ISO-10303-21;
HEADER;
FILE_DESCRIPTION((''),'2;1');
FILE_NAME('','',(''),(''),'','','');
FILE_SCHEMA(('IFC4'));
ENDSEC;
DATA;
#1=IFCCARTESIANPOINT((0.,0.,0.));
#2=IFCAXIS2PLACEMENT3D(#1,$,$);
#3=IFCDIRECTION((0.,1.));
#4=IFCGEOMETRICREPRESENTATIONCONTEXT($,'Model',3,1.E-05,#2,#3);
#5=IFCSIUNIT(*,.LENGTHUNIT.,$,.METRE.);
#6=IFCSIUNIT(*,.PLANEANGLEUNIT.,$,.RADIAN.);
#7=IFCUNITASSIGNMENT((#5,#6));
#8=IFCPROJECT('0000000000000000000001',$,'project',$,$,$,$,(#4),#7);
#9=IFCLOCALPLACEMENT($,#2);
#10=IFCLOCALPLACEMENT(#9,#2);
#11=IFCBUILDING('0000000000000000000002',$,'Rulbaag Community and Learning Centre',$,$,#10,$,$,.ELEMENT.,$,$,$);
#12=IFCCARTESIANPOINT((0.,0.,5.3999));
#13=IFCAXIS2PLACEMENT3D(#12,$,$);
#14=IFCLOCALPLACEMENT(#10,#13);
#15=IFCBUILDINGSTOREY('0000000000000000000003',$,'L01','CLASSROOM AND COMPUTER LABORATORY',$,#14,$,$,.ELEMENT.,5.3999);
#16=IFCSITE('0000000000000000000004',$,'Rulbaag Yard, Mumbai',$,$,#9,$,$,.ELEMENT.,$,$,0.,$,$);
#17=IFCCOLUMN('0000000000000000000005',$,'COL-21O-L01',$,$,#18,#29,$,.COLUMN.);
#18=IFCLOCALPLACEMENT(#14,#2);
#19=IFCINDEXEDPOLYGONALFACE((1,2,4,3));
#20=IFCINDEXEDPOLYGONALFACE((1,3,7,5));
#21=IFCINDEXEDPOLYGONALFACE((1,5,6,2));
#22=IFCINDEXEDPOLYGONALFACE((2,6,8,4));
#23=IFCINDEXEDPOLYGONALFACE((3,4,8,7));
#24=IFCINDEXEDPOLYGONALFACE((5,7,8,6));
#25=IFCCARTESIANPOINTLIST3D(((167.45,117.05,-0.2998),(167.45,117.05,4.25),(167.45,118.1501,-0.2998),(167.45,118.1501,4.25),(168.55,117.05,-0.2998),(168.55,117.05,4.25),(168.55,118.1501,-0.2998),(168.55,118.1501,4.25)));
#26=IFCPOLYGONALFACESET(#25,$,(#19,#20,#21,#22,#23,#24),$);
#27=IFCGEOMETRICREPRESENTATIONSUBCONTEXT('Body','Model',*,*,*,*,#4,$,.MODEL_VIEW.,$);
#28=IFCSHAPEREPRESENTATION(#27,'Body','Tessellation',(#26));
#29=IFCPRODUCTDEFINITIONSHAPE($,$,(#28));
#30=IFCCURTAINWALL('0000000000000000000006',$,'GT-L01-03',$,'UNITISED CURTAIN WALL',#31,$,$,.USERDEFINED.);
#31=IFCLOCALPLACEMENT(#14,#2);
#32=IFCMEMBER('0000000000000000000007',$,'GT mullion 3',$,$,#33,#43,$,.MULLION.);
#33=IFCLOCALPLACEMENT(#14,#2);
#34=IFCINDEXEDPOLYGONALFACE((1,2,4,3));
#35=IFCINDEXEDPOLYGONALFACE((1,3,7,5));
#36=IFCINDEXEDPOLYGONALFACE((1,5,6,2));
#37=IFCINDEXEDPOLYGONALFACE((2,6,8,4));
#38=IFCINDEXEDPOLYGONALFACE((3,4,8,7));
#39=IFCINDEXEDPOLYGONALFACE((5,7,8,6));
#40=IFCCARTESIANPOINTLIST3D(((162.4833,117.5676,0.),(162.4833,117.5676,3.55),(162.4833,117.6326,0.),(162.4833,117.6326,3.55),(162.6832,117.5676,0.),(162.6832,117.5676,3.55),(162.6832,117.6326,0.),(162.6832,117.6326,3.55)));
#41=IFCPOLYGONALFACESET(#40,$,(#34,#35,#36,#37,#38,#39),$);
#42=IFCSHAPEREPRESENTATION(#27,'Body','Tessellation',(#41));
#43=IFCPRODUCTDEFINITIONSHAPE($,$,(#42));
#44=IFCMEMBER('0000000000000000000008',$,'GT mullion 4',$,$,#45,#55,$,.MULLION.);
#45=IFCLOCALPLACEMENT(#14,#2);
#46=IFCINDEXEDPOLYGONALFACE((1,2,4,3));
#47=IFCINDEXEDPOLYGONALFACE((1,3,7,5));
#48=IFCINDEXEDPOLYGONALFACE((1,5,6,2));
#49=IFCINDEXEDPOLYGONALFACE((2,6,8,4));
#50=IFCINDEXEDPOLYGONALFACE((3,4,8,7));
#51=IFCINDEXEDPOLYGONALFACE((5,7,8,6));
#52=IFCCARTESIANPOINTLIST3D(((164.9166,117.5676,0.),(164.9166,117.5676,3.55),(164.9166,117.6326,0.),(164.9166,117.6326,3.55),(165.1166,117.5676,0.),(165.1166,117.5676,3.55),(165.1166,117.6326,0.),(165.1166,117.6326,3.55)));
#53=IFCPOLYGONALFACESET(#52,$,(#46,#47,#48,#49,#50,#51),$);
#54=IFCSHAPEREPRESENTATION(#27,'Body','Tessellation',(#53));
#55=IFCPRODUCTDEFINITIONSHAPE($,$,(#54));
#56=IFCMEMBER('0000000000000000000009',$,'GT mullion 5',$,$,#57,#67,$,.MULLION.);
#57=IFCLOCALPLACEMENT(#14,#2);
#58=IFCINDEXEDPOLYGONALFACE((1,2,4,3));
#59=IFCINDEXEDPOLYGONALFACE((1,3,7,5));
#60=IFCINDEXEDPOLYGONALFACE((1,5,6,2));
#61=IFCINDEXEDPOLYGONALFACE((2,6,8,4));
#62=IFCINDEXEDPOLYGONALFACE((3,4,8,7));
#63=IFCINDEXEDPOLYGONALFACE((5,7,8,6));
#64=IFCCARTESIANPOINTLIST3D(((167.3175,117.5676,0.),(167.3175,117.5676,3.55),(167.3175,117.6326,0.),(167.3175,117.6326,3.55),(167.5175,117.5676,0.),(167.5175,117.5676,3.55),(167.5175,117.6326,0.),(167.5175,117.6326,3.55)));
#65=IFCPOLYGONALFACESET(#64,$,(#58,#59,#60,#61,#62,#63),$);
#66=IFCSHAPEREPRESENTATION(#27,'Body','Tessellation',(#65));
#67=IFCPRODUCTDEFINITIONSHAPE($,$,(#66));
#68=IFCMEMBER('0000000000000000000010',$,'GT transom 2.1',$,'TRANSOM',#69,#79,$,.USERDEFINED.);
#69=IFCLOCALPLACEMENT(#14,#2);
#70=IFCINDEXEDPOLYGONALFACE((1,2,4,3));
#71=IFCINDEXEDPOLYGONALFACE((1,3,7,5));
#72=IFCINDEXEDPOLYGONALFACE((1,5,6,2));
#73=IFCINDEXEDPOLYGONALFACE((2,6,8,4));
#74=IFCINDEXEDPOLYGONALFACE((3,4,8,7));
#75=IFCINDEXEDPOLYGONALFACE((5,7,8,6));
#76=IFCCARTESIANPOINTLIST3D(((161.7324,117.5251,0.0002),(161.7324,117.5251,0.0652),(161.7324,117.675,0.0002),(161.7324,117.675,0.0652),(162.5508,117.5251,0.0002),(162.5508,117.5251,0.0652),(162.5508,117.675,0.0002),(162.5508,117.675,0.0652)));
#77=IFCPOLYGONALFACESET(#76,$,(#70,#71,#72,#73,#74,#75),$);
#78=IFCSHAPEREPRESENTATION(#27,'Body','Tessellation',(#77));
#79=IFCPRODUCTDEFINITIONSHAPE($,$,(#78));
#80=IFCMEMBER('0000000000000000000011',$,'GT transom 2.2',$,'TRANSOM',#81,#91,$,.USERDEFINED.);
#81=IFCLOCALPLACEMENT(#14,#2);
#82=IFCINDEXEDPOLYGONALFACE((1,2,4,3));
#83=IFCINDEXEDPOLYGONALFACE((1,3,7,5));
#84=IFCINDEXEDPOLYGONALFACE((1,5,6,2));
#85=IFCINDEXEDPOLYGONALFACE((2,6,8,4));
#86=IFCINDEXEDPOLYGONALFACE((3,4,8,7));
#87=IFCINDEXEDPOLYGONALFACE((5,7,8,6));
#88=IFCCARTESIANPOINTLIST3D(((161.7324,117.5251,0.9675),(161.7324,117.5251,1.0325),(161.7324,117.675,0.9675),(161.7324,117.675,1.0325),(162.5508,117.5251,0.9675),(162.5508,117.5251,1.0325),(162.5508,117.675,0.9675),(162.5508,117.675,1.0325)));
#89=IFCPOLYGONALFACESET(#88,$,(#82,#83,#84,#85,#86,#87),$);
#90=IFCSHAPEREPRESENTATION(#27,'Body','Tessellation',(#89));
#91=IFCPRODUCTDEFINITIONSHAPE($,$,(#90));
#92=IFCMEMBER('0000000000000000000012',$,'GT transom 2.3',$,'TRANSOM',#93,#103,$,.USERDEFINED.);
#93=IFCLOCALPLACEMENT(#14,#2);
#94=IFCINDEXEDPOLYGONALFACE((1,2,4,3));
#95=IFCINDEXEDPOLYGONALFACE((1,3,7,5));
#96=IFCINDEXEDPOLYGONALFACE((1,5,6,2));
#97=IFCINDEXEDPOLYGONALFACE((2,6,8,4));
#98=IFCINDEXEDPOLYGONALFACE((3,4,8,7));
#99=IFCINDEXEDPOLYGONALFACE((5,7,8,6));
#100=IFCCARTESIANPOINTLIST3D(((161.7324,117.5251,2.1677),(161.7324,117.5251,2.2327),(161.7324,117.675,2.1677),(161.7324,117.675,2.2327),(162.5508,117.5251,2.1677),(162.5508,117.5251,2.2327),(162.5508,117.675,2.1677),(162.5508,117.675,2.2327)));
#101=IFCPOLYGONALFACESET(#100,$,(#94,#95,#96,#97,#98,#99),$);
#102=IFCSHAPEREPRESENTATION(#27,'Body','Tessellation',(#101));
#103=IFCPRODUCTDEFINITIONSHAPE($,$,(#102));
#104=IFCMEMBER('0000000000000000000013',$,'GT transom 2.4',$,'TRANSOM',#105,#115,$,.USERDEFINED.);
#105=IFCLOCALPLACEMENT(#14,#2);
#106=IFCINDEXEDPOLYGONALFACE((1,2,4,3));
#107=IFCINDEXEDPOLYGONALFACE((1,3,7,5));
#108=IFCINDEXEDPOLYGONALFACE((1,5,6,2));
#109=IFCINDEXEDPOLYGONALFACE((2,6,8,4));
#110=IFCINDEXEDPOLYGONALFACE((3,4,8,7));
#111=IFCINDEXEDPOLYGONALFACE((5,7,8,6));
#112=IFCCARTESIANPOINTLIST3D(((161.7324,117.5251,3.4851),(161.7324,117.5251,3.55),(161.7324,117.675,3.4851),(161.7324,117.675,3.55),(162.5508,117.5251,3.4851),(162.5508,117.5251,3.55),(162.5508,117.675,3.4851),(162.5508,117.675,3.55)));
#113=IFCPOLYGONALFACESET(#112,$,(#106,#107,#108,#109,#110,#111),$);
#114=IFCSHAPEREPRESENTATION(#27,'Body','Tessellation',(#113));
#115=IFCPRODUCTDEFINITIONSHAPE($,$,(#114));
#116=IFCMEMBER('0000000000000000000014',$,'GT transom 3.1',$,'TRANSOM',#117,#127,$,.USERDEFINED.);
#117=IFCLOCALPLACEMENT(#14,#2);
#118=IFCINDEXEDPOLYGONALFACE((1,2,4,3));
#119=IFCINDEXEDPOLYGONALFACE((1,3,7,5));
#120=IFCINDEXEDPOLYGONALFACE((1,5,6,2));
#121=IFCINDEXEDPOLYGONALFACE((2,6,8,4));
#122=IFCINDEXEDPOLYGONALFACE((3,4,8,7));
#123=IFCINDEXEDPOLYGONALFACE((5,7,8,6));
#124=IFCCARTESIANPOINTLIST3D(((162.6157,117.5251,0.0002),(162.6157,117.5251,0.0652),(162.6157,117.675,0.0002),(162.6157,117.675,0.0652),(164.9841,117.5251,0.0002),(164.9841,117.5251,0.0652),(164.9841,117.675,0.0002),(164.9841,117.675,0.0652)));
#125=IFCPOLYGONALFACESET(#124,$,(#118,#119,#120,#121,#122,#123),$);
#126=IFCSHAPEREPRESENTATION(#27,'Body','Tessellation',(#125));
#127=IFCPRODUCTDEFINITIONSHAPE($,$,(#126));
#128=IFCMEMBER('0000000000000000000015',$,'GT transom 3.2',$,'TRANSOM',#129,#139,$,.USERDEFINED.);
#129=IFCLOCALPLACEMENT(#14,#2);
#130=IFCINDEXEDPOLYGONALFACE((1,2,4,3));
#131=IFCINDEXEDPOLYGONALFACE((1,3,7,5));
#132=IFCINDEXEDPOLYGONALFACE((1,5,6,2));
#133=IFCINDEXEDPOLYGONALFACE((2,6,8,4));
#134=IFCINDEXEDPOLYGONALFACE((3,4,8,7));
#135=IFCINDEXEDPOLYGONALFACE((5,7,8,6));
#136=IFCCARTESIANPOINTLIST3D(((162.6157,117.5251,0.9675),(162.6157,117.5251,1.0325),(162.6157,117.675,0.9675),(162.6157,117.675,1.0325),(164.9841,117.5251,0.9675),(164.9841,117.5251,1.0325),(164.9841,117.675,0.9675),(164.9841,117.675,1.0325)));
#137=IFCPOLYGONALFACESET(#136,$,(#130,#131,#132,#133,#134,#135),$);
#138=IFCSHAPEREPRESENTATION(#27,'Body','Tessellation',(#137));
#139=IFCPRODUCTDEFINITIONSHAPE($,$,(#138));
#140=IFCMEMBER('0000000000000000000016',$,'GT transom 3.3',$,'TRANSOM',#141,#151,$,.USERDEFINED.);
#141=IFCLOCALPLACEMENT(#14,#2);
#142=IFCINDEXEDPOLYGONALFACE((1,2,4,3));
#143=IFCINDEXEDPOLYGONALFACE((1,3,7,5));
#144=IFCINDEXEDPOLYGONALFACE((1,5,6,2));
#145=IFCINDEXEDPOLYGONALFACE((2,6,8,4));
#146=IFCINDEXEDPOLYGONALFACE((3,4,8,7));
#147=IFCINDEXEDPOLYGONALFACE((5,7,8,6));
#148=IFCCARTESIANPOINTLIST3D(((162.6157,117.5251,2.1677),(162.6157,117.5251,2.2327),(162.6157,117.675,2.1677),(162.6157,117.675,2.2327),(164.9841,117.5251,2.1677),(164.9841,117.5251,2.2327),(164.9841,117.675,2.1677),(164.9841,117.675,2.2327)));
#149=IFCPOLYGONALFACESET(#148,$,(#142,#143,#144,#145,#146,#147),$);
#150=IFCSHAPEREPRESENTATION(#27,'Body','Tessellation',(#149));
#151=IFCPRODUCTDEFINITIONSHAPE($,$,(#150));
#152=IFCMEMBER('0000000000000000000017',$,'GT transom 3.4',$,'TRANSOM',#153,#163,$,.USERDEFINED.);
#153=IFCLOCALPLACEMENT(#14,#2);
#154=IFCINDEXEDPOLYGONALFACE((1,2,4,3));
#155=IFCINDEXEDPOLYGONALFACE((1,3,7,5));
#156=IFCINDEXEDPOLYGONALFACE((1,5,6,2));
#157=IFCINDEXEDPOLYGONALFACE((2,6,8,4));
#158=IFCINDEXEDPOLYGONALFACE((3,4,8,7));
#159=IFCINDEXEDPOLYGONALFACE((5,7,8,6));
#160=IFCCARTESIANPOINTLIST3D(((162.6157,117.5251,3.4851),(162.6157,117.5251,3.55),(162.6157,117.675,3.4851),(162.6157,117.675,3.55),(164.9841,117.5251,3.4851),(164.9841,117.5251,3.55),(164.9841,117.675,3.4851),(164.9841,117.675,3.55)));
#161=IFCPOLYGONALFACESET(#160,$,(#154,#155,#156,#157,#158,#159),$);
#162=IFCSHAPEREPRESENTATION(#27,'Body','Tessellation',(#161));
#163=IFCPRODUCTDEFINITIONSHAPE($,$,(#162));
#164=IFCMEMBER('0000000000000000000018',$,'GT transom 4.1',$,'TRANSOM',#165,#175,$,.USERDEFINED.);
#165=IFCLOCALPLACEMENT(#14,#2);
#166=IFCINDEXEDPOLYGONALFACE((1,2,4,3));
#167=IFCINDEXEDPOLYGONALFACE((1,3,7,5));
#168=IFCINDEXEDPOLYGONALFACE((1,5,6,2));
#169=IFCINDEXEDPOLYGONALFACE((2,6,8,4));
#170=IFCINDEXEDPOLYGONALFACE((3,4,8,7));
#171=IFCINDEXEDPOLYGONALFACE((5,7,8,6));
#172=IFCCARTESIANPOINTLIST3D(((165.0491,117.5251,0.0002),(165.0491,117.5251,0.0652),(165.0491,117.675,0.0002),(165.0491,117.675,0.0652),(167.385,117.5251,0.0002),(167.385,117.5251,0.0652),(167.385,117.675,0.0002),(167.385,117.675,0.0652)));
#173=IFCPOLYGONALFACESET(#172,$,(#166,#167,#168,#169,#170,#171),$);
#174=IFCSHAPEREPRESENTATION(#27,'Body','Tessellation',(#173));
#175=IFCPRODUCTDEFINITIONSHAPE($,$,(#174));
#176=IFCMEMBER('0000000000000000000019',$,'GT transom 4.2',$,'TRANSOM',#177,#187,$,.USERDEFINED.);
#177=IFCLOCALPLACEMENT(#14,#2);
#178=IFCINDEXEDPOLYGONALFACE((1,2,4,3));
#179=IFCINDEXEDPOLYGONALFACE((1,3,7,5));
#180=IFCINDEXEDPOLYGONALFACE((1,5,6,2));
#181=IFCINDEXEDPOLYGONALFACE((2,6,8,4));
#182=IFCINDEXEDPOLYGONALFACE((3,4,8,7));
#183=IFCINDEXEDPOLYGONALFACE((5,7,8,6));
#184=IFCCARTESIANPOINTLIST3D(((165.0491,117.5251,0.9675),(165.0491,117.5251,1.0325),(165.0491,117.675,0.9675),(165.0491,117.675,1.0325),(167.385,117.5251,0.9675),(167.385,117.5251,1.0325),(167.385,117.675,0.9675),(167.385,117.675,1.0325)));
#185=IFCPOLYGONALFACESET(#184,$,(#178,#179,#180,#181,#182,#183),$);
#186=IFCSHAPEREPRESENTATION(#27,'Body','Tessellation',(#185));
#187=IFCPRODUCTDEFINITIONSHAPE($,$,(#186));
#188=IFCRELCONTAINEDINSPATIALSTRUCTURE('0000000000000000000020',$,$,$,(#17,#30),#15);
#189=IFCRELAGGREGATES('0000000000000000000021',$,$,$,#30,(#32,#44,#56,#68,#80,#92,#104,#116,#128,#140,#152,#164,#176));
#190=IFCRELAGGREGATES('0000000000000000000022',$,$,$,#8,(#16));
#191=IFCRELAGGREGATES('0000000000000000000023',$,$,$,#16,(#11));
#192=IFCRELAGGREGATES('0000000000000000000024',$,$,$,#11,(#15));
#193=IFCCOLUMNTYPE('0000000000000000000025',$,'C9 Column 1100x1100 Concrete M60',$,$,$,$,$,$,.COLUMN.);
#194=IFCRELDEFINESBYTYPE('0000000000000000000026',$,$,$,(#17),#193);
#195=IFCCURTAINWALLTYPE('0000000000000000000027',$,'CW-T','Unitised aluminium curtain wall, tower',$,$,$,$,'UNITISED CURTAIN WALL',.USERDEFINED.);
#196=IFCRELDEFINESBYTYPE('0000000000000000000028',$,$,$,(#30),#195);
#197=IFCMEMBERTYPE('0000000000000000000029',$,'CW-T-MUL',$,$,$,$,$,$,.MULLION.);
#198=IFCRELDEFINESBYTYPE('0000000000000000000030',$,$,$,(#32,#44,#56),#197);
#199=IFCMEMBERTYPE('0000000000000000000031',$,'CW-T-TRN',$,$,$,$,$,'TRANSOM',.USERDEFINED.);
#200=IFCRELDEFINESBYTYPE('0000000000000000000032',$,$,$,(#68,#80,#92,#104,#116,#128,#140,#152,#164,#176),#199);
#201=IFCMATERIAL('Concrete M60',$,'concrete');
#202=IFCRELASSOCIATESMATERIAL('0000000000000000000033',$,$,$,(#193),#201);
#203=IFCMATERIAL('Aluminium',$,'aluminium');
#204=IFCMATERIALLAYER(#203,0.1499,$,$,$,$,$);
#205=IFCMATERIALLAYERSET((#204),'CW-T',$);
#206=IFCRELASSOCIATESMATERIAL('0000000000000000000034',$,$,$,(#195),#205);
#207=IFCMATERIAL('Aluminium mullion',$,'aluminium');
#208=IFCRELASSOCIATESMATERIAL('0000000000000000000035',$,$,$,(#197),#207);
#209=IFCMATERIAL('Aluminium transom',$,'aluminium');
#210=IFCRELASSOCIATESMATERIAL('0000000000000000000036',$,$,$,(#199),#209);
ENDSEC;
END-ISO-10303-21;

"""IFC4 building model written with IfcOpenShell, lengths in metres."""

from ifc_helpers import new_model, si_unit, direction, frame, origin, origin_2d, place, context, subcontext, project, spatial, rectangle, extrude, material, layer, layer_set, material_profile, profile_set, type_object, element, aggregate, save


model = new_model("IFC4")

# Units and contexts
model_context = context("Model", 3, precision=1e-05, world=origin(), true_north=direction((0.0, 1.0)))
body_context = subcontext(model_context, "Body", "Model", "MODEL_VIEW")
ifc_project = project(units=[si_unit("LENGTHUNIT", "METRE"), si_unit("PLANEANGLEUNIT", "RADIAN")], contexts=[model_context])

# Site, building, storey
site_placement = place(None, origin())
site = spatial("IfcSite", under=ifc_project, at=site_placement, Name="Rulbaag Yard, Mumbai", CompositionType="ELEMENT", RefElevation=0.0)
building_placement = place(site_placement, origin())
building = spatial("IfcBuilding", under=site, at=building_placement, Name="Rulbaag Community and Learning Centre", CompositionType="ELEMENT")
storey_placement = place(building_placement, frame((0.0, 0.0, 5.3999)))
storey = spatial("IfcBuildingStorey", under=building, at=storey_placement, Name="L01", Description="CLASSROOM AND COMPUTER LABORATORY", CompositionType="ELEMENT", Elevation=5.3999)

# Column
ifc_material_1 = material(Name="Concrete M60", Category="concrete")
ifc_material_profile_1 = material_profile(ifc_material_1, rectangle(XDim=1.1001, YDim=1.1001, at=origin_2d()), Name="RC1100x1100")
ifc_profile_set_1 = profile_set([ifc_material_profile_1], Name="Concrete M60")
column_type = type_object("IfcColumnType", Name="C9 Column 1100x1100 Concrete M60", PredefinedType="COLUMN", material=ifc_profile_set_1)
column_placement = place(storey_placement, frame((168.0, 117.6001, -0.2998), z_axis=(0.0, 0.0, 1.0), x_axis=(1.0, 0.0, 0.0)))
element("IfcColumn", 1, at=column_placement, inside=storey, type_object=column_type, Name="COL-21O-L01", PredefinedType="COLUMN", context=body_context, shape_type="SweptSolid", body=[
    extrude(rectangle(XDim=1.1001, YDim=1.1001, at=origin_2d()), origin(), (0.0, 0.0, 1.0), 4.5498),
])

# Curtain wall, members
ifc_material_2 = material(Name="Aluminium", Category="aluminium")
ifc_layer_1 = layer(ifc_material_2, 0.1499)
ifc_layer_set_1 = layer_set([ifc_layer_1], Name="CW-T")
curtain_wall_type = type_object("IfcCurtainWallType", Name="CW-T", Description="Unitised aluminium curtain wall, tower", ElementType="UNITISED CURTAIN WALL", PredefinedType="USERDEFINED", material=ifc_layer_set_1)
curtain_wall_placement = place(storey_placement, origin())
curtain_wall = element("IfcCurtainWall", 2, at=curtain_wall_placement, inside=storey, type_object=curtain_wall_type, Name="GT-L01-03", ObjectType="UNITISED CURTAIN WALL", PredefinedType="USERDEFINED")
ifc_material_3 = material(Name="Aluminium mullion", Category="aluminium")
ifc_material_profile_2 = material_profile(ifc_material_3, rectangle(XDim=0.0649, YDim=0.2, at=origin_2d()), Name="AL 65x200")
ifc_profile_set_2 = profile_set([ifc_material_profile_2], Name="Aluminium mullion")
member_type_1 = type_object("IfcMemberType", Name="CW-T-MUL", PredefinedType="MULLION", material=ifc_profile_set_2)
member_1_placement = place(storey_placement, frame((162.5833, 117.6001, 0.0), z_axis=(0.0, 0.0, 1.0), x_axis=(0.0, 1.0, 0.0)))
member_1 = element("IfcMember", 3, at=member_1_placement, type_object=member_type_1, Name="GT mullion 3", PredefinedType="MULLION", context=body_context, shape_type="SweptSolid", body=[
    extrude(rectangle(XDim=0.0649, YDim=0.2, at=origin_2d()), origin(), (0.0, 0.0, 1.0), 3.55),
])
member_2_placement = place(storey_placement, frame((165.0166, 117.6001, 0.0), z_axis=(0.0, 0.0, 1.0), x_axis=(0.0, 1.0, 0.0)))
member_2 = element("IfcMember", 4, at=member_2_placement, type_object=member_type_1, Name="GT mullion 4", PredefinedType="MULLION", context=body_context, shape_type="SweptSolid", body=[
    extrude(rectangle(XDim=0.0649, YDim=0.2, at=origin_2d()), origin(), (0.0, 0.0, 1.0), 3.55),
])
member_3_placement = place(storey_placement, frame((167.4175, 117.6001, 0.0), z_axis=(0.0, 0.0, 1.0), x_axis=(0.0, 1.0, 0.0)))
member_3 = element("IfcMember", 5, at=member_3_placement, type_object=member_type_1, Name="GT mullion 5", PredefinedType="MULLION", context=body_context, shape_type="SweptSolid", body=[
    extrude(rectangle(XDim=0.0649, YDim=0.2, at=origin_2d()), origin(), (0.0, 0.0, 1.0), 3.55),
])
ifc_material_4 = material(Name="Aluminium transom", Category="aluminium")
ifc_material_profile_3 = material_profile(ifc_material_4, rectangle(XDim=0.1499, YDim=0.0649, at=origin_2d()), Name="AL 65x150 T")
ifc_profile_set_3 = profile_set([ifc_material_profile_3], Name="Aluminium transom")
member_type_2 = type_object("IfcMemberType", Name="CW-T-TRN", ElementType="TRANSOM", PredefinedType="USERDEFINED", material=ifc_profile_set_3)
member_4_placement = place(storey_placement, frame((161.7324, 117.6001, 0.0327), z_axis=(1.0, 0.0, 0.0), x_axis=(0.0, 1.0, 0.0)))
member_4 = element("IfcMember", 6, at=member_4_placement, type_object=member_type_2, Name="GT transom 2.1", ObjectType="TRANSOM", PredefinedType="USERDEFINED", context=body_context, shape_type="SweptSolid", body=[
    extrude(rectangle(XDim=0.1499, YDim=0.0649, at=origin_2d()), origin(), (0.0, 0.0, 1.0), 0.8184),
])
member_5_placement = place(storey_placement, frame((161.7324, 117.6001, 1.0), z_axis=(1.0, 0.0, 0.0), x_axis=(0.0, 1.0, 0.0)))
member_5 = element("IfcMember", 7, at=member_5_placement, type_object=member_type_2, Name="GT transom 2.2", ObjectType="TRANSOM", PredefinedType="USERDEFINED", context=body_context, shape_type="SweptSolid", body=[
    extrude(rectangle(XDim=0.1499, YDim=0.0649, at=origin_2d()), origin(), (0.0, 0.0, 1.0), 0.8184),
])
member_6_placement = place(storey_placement, frame((161.7324, 117.6001, 2.2002), z_axis=(1.0, 0.0, 0.0), x_axis=(0.0, 1.0, 0.0)))
member_6 = element("IfcMember", 8, at=member_6_placement, type_object=member_type_2, Name="GT transom 2.3", ObjectType="TRANSOM", PredefinedType="USERDEFINED", context=body_context, shape_type="SweptSolid", body=[
    extrude(rectangle(XDim=0.1499, YDim=0.0649, at=origin_2d()), origin(), (0.0, 0.0, 1.0), 0.8184),
])
member_7_placement = place(storey_placement, frame((161.7324, 117.6001, 3.5176), z_axis=(1.0, 0.0, 0.0), x_axis=(0.0, 1.0, 0.0)))
member_7 = element("IfcMember", 9, at=member_7_placement, type_object=member_type_2, Name="GT transom 2.4", ObjectType="TRANSOM", PredefinedType="USERDEFINED", context=body_context, shape_type="SweptSolid", body=[
    extrude(rectangle(XDim=0.1499, YDim=0.0649, at=origin_2d()), origin(), (0.0, 0.0, 1.0), 0.8184),
])
member_8_placement = place(storey_placement, frame((162.6157, 117.6001, 0.0327), z_axis=(1.0, 0.0, 0.0), x_axis=(0.0, 1.0, 0.0)))
member_8 = element("IfcMember", 10, at=member_8_placement, type_object=member_type_2, Name="GT transom 3.1", ObjectType="TRANSOM", PredefinedType="USERDEFINED", context=body_context, shape_type="SweptSolid", body=[
    extrude(rectangle(XDim=0.1499, YDim=0.0649, at=origin_2d()), origin(), (0.0, 0.0, 1.0), 2.3684),
])
member_9_placement = place(storey_placement, frame((162.6157, 117.6001, 1.0), z_axis=(1.0, 0.0, 0.0), x_axis=(0.0, 1.0, 0.0)))
member_9 = element("IfcMember", 11, at=member_9_placement, type_object=member_type_2, Name="GT transom 3.2", ObjectType="TRANSOM", PredefinedType="USERDEFINED", context=body_context, shape_type="SweptSolid", body=[
    extrude(rectangle(XDim=0.1499, YDim=0.0649, at=origin_2d()), origin(), (0.0, 0.0, 1.0), 2.3684),
])
member_10_placement = place(storey_placement, frame((162.6157, 117.6001, 2.2002), z_axis=(1.0, 0.0, 0.0), x_axis=(0.0, 1.0, 0.0)))
member_10 = element("IfcMember", 12, at=member_10_placement, type_object=member_type_2, Name="GT transom 3.3", ObjectType="TRANSOM", PredefinedType="USERDEFINED", context=body_context, shape_type="SweptSolid", body=[
    extrude(rectangle(XDim=0.1499, YDim=0.0649, at=origin_2d()), origin(), (0.0, 0.0, 1.0), 2.3684),
])
member_11_placement = place(storey_placement, frame((162.6157, 117.6001, 3.5176), z_axis=(1.0, 0.0, 0.0), x_axis=(0.0, 1.0, 0.0)))
member_11 = element("IfcMember", 13, at=member_11_placement, type_object=member_type_2, Name="GT transom 3.4", ObjectType="TRANSOM", PredefinedType="USERDEFINED", context=body_context, shape_type="SweptSolid", body=[
    extrude(rectangle(XDim=0.1499, YDim=0.0649, at=origin_2d()), origin(), (0.0, 0.0, 1.0), 2.3684),
])
member_12_placement = place(storey_placement, frame((165.0491, 117.6001, 0.0327), z_axis=(1.0, 0.0, 0.0), x_axis=(0.0, 1.0, 0.0)))
member_12 = element("IfcMember", 14, at=member_12_placement, type_object=member_type_2, Name="GT transom 4.1", ObjectType="TRANSOM", PredefinedType="USERDEFINED", context=body_context, shape_type="SweptSolid", body=[
    extrude(rectangle(XDim=0.1499, YDim=0.0649, at=origin_2d()), origin(), (0.0, 0.0, 1.0), 2.3359),
])
member_13_placement = place(storey_placement, frame((165.0491, 117.6001, 1.0), z_axis=(1.0, 0.0, 0.0), x_axis=(0.0, 1.0, 0.0)))
member_13 = element("IfcMember", 15, at=member_13_placement, type_object=member_type_2, Name="GT transom 4.2", ObjectType="TRANSOM", PredefinedType="USERDEFINED", context=body_context, shape_type="SweptSolid", body=[
    extrude(rectangle(XDim=0.1499, YDim=0.0649, at=origin_2d()), origin(), (0.0, 0.0, 1.0), 2.3359),
])
aggregate(curtain_wall, [member_1, member_2, member_3, member_4, member_5, member_6, member_7, member_8, member_9, member_10, member_11, member_12, member_13])

save(model, "model.ifc")
